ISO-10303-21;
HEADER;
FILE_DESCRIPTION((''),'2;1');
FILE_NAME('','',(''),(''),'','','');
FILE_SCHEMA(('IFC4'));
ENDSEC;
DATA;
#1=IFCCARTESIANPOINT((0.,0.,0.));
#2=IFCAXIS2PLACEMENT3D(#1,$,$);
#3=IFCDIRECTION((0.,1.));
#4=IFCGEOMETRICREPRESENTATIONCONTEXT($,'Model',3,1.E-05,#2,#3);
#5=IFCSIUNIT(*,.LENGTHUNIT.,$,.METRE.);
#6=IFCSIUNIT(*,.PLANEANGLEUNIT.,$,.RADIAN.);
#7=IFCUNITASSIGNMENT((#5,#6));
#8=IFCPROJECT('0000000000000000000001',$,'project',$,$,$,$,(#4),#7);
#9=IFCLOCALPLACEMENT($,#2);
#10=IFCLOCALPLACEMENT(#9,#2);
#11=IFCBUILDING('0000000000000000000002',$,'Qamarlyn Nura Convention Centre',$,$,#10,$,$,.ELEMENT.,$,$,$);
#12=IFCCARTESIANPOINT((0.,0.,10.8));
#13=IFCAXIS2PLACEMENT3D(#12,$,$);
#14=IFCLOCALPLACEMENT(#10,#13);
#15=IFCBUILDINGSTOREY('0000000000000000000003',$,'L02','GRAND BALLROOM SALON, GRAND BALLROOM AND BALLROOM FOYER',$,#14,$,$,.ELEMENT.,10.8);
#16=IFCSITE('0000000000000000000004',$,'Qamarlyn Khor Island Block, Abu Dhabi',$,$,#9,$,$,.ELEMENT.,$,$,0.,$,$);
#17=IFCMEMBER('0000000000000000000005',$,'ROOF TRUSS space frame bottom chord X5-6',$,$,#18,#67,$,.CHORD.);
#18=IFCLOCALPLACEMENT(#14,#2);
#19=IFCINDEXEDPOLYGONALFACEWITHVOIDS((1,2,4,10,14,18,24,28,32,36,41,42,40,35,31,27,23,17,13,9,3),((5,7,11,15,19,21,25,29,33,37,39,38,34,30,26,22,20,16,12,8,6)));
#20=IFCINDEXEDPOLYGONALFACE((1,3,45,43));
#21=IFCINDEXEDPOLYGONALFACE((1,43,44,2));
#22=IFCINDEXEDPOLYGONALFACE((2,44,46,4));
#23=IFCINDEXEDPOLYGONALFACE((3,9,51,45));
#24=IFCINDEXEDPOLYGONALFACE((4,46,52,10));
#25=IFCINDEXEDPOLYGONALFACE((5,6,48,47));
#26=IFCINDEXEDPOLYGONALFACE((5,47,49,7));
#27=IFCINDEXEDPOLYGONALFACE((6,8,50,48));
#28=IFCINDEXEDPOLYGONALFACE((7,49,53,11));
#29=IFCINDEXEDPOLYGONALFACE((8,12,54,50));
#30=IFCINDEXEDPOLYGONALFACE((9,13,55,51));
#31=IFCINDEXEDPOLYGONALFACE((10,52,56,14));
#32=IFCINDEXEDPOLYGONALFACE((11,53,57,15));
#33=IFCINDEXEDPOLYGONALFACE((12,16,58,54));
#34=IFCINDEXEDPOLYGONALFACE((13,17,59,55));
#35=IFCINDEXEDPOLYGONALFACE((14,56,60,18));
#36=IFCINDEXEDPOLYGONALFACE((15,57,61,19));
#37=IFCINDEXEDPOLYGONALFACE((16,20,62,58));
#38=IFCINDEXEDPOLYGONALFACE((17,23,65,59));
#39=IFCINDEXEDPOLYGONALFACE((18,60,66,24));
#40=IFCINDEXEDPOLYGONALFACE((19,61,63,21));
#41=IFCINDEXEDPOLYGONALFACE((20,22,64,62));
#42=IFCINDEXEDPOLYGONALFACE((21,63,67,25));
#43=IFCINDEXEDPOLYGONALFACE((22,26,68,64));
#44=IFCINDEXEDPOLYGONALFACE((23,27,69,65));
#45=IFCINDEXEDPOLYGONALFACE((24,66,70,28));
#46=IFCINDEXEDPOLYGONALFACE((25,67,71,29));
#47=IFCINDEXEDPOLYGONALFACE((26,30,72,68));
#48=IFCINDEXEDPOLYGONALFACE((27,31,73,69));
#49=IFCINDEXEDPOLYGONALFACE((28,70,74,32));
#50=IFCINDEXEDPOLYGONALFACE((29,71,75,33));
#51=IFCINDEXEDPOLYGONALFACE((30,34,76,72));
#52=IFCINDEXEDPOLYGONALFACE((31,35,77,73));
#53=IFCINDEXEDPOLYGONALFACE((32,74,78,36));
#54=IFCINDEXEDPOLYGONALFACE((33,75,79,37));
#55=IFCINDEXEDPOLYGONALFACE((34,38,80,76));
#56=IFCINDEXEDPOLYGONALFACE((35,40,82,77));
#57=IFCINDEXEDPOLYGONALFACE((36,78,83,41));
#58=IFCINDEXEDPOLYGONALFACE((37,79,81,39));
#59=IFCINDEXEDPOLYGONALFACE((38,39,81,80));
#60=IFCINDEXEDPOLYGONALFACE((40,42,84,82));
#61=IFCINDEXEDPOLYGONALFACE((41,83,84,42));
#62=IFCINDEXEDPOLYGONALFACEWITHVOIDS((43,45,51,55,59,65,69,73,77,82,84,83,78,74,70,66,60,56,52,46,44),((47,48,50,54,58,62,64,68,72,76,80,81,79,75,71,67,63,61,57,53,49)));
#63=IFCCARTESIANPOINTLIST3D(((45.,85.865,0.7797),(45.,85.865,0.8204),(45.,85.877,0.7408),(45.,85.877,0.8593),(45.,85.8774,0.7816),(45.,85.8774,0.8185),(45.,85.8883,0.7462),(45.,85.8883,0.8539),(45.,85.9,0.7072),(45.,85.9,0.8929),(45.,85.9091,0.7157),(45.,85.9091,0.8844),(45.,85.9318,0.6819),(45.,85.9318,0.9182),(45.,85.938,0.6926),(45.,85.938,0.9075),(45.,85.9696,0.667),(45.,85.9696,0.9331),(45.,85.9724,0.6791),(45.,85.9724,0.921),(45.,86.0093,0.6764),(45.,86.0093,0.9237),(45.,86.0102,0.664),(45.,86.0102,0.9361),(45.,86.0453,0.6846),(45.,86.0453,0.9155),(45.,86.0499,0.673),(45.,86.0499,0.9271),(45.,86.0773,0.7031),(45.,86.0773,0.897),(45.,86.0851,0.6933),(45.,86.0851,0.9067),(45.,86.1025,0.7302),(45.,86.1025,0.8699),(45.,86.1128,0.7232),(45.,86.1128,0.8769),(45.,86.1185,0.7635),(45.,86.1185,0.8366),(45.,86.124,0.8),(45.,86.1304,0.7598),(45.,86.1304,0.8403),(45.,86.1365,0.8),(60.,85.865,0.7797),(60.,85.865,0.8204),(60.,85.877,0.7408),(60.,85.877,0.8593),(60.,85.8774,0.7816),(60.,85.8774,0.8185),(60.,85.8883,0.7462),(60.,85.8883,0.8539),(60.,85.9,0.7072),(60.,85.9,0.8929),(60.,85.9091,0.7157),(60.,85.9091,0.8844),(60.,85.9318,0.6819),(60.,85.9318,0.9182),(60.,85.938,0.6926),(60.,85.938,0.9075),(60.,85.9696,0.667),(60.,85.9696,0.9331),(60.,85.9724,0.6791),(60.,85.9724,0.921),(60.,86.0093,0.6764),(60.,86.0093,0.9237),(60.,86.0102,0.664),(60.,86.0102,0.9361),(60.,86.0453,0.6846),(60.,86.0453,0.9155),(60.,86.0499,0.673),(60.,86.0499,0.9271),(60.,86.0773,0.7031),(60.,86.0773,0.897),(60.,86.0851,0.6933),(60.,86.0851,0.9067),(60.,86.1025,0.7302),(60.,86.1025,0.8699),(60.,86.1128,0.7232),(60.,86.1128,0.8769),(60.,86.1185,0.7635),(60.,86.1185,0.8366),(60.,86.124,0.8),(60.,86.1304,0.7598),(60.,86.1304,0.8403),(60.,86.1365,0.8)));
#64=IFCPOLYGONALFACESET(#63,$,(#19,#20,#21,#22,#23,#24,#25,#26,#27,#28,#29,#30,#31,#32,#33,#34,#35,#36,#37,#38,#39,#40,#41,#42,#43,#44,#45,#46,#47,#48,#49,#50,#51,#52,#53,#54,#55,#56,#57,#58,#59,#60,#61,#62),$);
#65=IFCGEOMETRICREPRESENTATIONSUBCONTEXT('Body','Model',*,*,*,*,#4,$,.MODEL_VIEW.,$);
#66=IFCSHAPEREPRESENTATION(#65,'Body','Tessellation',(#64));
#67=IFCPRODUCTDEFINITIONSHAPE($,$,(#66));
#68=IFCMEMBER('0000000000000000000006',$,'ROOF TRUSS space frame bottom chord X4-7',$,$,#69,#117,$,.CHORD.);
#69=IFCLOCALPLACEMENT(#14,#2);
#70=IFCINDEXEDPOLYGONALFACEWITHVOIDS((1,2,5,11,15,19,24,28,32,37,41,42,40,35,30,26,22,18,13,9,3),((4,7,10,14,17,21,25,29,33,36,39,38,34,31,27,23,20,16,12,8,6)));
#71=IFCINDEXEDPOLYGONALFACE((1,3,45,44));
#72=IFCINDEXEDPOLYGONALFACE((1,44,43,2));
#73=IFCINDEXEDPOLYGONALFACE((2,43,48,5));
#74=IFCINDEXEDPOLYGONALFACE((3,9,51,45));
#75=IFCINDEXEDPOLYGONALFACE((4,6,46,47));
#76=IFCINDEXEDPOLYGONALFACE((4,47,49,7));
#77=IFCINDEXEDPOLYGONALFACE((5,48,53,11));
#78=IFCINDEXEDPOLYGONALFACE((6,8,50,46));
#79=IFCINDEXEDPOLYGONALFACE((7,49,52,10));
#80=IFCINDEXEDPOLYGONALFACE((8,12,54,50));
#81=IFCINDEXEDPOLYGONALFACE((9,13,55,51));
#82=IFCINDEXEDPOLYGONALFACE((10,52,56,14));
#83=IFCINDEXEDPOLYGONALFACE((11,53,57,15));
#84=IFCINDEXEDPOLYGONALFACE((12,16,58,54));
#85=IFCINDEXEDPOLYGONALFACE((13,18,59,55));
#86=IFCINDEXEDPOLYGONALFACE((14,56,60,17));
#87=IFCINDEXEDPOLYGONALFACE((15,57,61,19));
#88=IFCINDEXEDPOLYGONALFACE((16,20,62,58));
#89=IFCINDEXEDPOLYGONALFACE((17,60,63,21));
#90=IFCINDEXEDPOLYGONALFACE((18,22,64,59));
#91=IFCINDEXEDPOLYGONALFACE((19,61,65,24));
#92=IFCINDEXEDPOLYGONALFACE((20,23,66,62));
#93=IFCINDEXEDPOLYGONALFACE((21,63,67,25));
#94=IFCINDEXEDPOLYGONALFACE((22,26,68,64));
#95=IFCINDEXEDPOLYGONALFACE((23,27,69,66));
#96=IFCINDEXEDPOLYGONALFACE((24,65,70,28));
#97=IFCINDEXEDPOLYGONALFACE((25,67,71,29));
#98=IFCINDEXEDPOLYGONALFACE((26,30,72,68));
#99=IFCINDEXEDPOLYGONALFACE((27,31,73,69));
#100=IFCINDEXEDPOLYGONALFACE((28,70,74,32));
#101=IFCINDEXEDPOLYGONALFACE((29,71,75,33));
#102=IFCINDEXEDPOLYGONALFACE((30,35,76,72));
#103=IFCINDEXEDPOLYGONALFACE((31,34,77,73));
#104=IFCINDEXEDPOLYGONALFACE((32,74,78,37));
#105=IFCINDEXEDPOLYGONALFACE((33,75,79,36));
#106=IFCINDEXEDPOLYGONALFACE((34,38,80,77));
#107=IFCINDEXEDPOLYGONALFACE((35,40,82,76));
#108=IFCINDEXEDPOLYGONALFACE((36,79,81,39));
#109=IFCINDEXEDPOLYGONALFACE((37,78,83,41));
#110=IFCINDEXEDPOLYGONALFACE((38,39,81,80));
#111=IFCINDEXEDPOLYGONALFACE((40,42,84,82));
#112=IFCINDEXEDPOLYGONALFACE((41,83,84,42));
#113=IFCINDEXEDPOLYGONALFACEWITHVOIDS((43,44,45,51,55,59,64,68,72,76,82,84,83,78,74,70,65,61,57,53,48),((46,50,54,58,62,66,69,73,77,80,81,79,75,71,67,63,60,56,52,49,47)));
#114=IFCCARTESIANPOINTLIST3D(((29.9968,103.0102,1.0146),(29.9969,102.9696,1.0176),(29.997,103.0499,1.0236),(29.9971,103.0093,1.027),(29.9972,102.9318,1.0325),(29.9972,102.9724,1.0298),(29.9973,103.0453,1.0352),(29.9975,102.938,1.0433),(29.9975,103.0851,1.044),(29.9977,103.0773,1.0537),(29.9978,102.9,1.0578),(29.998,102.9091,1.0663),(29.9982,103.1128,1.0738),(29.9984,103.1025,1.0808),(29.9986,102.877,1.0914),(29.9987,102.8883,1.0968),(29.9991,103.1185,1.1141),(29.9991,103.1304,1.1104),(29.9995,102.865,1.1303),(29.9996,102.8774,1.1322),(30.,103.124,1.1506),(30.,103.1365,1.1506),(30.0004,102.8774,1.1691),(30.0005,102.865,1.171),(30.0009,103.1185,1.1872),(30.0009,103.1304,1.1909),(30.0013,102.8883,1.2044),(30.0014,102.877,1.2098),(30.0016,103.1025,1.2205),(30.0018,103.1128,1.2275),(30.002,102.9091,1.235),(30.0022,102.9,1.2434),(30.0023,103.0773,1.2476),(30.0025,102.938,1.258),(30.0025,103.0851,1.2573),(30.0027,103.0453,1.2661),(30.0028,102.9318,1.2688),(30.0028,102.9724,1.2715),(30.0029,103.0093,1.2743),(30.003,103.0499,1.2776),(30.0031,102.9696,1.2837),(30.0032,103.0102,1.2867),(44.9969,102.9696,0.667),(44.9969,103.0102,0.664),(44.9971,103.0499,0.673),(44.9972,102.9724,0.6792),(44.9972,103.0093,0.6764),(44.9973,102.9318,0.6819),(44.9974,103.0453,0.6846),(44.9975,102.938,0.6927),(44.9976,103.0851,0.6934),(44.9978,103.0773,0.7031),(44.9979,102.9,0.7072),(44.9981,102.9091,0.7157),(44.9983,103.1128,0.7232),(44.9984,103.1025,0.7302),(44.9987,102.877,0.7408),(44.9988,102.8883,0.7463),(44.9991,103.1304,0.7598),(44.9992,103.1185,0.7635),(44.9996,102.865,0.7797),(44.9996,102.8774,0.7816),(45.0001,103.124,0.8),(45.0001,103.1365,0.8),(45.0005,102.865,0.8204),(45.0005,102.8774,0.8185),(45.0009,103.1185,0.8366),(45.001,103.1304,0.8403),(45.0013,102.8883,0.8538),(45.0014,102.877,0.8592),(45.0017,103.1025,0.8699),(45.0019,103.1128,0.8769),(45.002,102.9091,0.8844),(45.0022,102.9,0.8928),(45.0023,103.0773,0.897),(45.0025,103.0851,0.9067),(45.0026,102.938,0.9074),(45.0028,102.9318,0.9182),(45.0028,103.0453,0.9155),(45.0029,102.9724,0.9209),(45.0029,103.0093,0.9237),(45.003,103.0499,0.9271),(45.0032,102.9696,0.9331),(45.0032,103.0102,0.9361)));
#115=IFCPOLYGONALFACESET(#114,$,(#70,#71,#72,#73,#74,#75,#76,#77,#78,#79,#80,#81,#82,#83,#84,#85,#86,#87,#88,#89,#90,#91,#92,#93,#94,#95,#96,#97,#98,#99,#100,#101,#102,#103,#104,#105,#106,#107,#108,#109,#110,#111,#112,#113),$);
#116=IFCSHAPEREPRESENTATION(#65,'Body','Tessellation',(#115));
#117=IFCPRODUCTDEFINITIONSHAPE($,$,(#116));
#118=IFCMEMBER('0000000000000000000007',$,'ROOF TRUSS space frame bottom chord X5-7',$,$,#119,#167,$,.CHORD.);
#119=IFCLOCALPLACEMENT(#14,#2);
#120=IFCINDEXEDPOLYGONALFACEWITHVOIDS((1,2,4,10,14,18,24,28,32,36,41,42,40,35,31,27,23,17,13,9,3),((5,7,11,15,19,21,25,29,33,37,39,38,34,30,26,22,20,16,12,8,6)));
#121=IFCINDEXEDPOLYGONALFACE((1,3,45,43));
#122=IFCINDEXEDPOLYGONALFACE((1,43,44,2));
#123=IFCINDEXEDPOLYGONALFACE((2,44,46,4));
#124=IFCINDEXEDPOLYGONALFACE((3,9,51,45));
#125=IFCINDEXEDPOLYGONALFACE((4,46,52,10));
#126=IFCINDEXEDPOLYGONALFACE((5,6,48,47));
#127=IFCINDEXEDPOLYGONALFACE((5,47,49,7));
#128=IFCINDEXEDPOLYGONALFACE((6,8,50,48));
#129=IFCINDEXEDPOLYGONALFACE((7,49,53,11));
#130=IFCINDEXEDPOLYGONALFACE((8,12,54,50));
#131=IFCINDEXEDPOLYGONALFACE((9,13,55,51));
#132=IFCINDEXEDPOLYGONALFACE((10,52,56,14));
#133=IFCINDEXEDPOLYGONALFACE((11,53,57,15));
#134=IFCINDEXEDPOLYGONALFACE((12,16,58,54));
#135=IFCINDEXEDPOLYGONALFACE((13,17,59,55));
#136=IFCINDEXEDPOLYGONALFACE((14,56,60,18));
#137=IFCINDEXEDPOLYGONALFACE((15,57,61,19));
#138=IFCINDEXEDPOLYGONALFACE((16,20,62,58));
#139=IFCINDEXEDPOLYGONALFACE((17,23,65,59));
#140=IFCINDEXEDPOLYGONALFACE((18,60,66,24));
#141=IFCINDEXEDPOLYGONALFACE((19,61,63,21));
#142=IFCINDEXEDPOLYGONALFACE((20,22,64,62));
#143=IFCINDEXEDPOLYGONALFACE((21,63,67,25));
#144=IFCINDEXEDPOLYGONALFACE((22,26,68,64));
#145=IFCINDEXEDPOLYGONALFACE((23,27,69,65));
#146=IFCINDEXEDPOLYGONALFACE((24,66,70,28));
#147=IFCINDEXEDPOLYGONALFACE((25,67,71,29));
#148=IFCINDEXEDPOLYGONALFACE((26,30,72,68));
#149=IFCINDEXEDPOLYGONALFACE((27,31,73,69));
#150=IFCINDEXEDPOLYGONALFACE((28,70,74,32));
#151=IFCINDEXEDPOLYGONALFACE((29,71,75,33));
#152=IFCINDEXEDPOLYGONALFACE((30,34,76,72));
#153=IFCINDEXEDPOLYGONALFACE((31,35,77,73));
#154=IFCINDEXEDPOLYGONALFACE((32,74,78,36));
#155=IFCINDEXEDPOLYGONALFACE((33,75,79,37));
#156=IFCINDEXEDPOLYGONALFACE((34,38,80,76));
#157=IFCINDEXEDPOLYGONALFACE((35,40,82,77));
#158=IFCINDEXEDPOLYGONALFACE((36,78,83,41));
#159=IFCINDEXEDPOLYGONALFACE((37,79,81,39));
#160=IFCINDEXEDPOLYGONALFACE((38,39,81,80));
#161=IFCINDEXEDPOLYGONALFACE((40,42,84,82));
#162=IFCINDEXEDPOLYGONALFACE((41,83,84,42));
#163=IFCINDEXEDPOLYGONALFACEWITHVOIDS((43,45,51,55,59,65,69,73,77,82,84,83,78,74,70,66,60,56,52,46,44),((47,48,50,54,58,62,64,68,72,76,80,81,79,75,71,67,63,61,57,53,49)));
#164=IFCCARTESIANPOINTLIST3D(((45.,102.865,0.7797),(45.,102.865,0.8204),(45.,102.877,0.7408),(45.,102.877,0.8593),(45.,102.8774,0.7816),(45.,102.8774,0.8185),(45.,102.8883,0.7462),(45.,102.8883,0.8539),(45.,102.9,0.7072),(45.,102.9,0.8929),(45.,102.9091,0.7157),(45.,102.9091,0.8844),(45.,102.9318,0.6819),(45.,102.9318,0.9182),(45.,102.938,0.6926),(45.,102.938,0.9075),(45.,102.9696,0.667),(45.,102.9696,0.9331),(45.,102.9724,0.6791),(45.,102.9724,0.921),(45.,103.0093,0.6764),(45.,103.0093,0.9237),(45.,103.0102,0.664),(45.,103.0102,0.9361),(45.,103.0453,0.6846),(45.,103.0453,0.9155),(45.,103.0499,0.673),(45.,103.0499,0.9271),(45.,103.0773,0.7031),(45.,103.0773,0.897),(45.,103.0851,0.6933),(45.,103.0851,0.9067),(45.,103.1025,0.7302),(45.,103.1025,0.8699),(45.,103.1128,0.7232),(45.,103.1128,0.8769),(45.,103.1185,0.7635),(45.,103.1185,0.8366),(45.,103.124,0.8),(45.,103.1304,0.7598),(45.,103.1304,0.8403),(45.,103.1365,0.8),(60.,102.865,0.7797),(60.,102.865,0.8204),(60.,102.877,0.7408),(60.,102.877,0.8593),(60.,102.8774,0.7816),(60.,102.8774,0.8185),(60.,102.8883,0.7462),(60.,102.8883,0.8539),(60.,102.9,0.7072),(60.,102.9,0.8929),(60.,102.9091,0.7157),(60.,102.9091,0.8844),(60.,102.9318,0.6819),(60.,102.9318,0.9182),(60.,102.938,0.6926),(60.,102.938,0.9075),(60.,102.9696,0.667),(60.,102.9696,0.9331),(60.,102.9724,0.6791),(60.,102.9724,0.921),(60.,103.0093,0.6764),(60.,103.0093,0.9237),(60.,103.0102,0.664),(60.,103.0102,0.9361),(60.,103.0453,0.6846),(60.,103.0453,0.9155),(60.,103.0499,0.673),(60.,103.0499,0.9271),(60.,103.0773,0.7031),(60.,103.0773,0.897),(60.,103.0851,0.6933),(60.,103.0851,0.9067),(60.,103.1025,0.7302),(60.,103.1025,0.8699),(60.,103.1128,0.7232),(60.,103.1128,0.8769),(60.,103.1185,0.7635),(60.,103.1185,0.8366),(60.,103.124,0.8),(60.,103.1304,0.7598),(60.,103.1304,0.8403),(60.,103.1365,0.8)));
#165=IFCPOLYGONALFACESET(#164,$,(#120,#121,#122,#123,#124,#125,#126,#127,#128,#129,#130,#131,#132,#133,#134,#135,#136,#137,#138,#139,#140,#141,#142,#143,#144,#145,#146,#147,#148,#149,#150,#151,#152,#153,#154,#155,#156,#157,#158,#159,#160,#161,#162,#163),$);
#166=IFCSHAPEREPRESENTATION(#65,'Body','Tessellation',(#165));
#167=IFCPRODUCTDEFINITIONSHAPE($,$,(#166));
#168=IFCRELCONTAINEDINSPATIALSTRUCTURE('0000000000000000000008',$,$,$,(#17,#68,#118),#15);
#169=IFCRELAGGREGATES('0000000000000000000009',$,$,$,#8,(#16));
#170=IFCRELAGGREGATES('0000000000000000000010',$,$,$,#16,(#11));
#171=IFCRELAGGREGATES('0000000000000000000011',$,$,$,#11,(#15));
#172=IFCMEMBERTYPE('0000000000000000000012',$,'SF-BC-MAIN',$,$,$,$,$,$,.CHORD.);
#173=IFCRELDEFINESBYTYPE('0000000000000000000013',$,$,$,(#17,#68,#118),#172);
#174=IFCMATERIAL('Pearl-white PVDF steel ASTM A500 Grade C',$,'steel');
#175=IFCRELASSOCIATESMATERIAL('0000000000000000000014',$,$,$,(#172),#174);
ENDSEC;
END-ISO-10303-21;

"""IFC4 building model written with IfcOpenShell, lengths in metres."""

from ifc_helpers import new_model, si_unit, direction, frame, origin, origin_2d, place, context, subcontext, project, spatial, hollow_circle, extrude, material, material_profile, profile_set, type_object, element, save


model = new_model("IFC4")

# Units and contexts
model_context = context("Model", 3, precision=1e-05, world=origin(), true_north=direction((0.0, 1.0)))
body_context = subcontext(model_context, "Body", "Model", "MODEL_VIEW")
ifc_project = project(units=[si_unit("LENGTHUNIT", "METRE"), si_unit("PLANEANGLEUNIT", "RADIAN")], contexts=[model_context])

# Site, building, storey
site_placement = place(None, origin())
site = spatial("IfcSite", under=ifc_project, at=site_placement, Name="Qamarlyn Khor Island Block, Abu Dhabi", CompositionType="ELEMENT", RefElevation=0.0)
building_placement = place(site_placement, origin())
building = spatial("IfcBuilding", under=site, at=building_placement, Name="Qamarlyn Nura Convention Centre", CompositionType="ELEMENT")
storey_placement = place(building_placement, frame((0.0, 0.0, 10.8)))
storey = spatial("IfcBuildingStorey", under=building, at=storey_placement, Name="L02", Description="GRAND BALLROOM SALON, GRAND BALLROOM AND BALLROOM FOYER", CompositionType="ELEMENT", Elevation=10.8)

# Shared definitions
ifc_material_1 = material(Name="Pearl-white PVDF steel ASTM A500 Grade C", Category="steel")

# Members
ifc_material_profile_1 = material_profile(ifc_material_1, hollow_circle(Radius=0.1365, WallThickness=0.0125, at=origin_2d()), Name="CHS273X12.5")
ifc_profile_set_1 = profile_set([ifc_material_profile_1], Name="Pearl-white PVDF steel ASTM A500 Grade C")
member_type_1 = type_object("IfcMemberType", Name="SF-BC-MAIN", PredefinedType="CHORD", material=ifc_profile_set_1)
member_1_placement = place(storey_placement, frame((45.0, 86.0, 0.8), z_axis=(1.0, 0.0, 0.0), x_axis=(0.0, 1.0, 0.0)))
element("IfcMember", 1, at=member_1_placement, inside=storey, type_object=member_type_1, Name="ROOF TRUSS space frame bottom chord X5-6", PredefinedType="CHORD", context=body_context, shape_type="SweptSolid", body=[
    extrude(hollow_circle(Radius=0.1365, WallThickness=0.0125, at=origin_2d()), origin(), (0.0, 0.0, 1.0), 15.0),
])
member_2_placement = place(storey_placement, frame((30.0, 103.0, 1.1506), z_axis=(0.999727, 0.0, -0.023366), x_axis=(0.0, 1.0, 0.0)))
element("IfcMember", 2, at=member_2_placement, inside=storey, type_object=member_type_1, Name="ROOF TRUSS space frame bottom chord X4-7", PredefinedType="CHORD", context=body_context, shape_type="SweptSolid", body=[
    extrude(hollow_circle(Radius=0.1365, WallThickness=0.0125, at=origin_2d()), origin(), (0.0, 0.0, 1.0), 15.0042),
])
member_3_placement = place(storey_placement, frame((45.0, 103.0, 0.8), z_axis=(1.0, 0.0, 0.0), x_axis=(0.0, 1.0, 0.0)))
element("IfcMember", 3, at=member_3_placement, inside=storey, type_object=member_type_1, Name="ROOF TRUSS space frame bottom chord X5-7", PredefinedType="CHORD", context=body_context, shape_type="SweptSolid", body=[
    extrude(hollow_circle(Radius=0.1365, WallThickness=0.0125, at=origin_2d()), origin(), (0.0, 0.0, 1.0), 15.0),
])

save(model, "model.ifc")
